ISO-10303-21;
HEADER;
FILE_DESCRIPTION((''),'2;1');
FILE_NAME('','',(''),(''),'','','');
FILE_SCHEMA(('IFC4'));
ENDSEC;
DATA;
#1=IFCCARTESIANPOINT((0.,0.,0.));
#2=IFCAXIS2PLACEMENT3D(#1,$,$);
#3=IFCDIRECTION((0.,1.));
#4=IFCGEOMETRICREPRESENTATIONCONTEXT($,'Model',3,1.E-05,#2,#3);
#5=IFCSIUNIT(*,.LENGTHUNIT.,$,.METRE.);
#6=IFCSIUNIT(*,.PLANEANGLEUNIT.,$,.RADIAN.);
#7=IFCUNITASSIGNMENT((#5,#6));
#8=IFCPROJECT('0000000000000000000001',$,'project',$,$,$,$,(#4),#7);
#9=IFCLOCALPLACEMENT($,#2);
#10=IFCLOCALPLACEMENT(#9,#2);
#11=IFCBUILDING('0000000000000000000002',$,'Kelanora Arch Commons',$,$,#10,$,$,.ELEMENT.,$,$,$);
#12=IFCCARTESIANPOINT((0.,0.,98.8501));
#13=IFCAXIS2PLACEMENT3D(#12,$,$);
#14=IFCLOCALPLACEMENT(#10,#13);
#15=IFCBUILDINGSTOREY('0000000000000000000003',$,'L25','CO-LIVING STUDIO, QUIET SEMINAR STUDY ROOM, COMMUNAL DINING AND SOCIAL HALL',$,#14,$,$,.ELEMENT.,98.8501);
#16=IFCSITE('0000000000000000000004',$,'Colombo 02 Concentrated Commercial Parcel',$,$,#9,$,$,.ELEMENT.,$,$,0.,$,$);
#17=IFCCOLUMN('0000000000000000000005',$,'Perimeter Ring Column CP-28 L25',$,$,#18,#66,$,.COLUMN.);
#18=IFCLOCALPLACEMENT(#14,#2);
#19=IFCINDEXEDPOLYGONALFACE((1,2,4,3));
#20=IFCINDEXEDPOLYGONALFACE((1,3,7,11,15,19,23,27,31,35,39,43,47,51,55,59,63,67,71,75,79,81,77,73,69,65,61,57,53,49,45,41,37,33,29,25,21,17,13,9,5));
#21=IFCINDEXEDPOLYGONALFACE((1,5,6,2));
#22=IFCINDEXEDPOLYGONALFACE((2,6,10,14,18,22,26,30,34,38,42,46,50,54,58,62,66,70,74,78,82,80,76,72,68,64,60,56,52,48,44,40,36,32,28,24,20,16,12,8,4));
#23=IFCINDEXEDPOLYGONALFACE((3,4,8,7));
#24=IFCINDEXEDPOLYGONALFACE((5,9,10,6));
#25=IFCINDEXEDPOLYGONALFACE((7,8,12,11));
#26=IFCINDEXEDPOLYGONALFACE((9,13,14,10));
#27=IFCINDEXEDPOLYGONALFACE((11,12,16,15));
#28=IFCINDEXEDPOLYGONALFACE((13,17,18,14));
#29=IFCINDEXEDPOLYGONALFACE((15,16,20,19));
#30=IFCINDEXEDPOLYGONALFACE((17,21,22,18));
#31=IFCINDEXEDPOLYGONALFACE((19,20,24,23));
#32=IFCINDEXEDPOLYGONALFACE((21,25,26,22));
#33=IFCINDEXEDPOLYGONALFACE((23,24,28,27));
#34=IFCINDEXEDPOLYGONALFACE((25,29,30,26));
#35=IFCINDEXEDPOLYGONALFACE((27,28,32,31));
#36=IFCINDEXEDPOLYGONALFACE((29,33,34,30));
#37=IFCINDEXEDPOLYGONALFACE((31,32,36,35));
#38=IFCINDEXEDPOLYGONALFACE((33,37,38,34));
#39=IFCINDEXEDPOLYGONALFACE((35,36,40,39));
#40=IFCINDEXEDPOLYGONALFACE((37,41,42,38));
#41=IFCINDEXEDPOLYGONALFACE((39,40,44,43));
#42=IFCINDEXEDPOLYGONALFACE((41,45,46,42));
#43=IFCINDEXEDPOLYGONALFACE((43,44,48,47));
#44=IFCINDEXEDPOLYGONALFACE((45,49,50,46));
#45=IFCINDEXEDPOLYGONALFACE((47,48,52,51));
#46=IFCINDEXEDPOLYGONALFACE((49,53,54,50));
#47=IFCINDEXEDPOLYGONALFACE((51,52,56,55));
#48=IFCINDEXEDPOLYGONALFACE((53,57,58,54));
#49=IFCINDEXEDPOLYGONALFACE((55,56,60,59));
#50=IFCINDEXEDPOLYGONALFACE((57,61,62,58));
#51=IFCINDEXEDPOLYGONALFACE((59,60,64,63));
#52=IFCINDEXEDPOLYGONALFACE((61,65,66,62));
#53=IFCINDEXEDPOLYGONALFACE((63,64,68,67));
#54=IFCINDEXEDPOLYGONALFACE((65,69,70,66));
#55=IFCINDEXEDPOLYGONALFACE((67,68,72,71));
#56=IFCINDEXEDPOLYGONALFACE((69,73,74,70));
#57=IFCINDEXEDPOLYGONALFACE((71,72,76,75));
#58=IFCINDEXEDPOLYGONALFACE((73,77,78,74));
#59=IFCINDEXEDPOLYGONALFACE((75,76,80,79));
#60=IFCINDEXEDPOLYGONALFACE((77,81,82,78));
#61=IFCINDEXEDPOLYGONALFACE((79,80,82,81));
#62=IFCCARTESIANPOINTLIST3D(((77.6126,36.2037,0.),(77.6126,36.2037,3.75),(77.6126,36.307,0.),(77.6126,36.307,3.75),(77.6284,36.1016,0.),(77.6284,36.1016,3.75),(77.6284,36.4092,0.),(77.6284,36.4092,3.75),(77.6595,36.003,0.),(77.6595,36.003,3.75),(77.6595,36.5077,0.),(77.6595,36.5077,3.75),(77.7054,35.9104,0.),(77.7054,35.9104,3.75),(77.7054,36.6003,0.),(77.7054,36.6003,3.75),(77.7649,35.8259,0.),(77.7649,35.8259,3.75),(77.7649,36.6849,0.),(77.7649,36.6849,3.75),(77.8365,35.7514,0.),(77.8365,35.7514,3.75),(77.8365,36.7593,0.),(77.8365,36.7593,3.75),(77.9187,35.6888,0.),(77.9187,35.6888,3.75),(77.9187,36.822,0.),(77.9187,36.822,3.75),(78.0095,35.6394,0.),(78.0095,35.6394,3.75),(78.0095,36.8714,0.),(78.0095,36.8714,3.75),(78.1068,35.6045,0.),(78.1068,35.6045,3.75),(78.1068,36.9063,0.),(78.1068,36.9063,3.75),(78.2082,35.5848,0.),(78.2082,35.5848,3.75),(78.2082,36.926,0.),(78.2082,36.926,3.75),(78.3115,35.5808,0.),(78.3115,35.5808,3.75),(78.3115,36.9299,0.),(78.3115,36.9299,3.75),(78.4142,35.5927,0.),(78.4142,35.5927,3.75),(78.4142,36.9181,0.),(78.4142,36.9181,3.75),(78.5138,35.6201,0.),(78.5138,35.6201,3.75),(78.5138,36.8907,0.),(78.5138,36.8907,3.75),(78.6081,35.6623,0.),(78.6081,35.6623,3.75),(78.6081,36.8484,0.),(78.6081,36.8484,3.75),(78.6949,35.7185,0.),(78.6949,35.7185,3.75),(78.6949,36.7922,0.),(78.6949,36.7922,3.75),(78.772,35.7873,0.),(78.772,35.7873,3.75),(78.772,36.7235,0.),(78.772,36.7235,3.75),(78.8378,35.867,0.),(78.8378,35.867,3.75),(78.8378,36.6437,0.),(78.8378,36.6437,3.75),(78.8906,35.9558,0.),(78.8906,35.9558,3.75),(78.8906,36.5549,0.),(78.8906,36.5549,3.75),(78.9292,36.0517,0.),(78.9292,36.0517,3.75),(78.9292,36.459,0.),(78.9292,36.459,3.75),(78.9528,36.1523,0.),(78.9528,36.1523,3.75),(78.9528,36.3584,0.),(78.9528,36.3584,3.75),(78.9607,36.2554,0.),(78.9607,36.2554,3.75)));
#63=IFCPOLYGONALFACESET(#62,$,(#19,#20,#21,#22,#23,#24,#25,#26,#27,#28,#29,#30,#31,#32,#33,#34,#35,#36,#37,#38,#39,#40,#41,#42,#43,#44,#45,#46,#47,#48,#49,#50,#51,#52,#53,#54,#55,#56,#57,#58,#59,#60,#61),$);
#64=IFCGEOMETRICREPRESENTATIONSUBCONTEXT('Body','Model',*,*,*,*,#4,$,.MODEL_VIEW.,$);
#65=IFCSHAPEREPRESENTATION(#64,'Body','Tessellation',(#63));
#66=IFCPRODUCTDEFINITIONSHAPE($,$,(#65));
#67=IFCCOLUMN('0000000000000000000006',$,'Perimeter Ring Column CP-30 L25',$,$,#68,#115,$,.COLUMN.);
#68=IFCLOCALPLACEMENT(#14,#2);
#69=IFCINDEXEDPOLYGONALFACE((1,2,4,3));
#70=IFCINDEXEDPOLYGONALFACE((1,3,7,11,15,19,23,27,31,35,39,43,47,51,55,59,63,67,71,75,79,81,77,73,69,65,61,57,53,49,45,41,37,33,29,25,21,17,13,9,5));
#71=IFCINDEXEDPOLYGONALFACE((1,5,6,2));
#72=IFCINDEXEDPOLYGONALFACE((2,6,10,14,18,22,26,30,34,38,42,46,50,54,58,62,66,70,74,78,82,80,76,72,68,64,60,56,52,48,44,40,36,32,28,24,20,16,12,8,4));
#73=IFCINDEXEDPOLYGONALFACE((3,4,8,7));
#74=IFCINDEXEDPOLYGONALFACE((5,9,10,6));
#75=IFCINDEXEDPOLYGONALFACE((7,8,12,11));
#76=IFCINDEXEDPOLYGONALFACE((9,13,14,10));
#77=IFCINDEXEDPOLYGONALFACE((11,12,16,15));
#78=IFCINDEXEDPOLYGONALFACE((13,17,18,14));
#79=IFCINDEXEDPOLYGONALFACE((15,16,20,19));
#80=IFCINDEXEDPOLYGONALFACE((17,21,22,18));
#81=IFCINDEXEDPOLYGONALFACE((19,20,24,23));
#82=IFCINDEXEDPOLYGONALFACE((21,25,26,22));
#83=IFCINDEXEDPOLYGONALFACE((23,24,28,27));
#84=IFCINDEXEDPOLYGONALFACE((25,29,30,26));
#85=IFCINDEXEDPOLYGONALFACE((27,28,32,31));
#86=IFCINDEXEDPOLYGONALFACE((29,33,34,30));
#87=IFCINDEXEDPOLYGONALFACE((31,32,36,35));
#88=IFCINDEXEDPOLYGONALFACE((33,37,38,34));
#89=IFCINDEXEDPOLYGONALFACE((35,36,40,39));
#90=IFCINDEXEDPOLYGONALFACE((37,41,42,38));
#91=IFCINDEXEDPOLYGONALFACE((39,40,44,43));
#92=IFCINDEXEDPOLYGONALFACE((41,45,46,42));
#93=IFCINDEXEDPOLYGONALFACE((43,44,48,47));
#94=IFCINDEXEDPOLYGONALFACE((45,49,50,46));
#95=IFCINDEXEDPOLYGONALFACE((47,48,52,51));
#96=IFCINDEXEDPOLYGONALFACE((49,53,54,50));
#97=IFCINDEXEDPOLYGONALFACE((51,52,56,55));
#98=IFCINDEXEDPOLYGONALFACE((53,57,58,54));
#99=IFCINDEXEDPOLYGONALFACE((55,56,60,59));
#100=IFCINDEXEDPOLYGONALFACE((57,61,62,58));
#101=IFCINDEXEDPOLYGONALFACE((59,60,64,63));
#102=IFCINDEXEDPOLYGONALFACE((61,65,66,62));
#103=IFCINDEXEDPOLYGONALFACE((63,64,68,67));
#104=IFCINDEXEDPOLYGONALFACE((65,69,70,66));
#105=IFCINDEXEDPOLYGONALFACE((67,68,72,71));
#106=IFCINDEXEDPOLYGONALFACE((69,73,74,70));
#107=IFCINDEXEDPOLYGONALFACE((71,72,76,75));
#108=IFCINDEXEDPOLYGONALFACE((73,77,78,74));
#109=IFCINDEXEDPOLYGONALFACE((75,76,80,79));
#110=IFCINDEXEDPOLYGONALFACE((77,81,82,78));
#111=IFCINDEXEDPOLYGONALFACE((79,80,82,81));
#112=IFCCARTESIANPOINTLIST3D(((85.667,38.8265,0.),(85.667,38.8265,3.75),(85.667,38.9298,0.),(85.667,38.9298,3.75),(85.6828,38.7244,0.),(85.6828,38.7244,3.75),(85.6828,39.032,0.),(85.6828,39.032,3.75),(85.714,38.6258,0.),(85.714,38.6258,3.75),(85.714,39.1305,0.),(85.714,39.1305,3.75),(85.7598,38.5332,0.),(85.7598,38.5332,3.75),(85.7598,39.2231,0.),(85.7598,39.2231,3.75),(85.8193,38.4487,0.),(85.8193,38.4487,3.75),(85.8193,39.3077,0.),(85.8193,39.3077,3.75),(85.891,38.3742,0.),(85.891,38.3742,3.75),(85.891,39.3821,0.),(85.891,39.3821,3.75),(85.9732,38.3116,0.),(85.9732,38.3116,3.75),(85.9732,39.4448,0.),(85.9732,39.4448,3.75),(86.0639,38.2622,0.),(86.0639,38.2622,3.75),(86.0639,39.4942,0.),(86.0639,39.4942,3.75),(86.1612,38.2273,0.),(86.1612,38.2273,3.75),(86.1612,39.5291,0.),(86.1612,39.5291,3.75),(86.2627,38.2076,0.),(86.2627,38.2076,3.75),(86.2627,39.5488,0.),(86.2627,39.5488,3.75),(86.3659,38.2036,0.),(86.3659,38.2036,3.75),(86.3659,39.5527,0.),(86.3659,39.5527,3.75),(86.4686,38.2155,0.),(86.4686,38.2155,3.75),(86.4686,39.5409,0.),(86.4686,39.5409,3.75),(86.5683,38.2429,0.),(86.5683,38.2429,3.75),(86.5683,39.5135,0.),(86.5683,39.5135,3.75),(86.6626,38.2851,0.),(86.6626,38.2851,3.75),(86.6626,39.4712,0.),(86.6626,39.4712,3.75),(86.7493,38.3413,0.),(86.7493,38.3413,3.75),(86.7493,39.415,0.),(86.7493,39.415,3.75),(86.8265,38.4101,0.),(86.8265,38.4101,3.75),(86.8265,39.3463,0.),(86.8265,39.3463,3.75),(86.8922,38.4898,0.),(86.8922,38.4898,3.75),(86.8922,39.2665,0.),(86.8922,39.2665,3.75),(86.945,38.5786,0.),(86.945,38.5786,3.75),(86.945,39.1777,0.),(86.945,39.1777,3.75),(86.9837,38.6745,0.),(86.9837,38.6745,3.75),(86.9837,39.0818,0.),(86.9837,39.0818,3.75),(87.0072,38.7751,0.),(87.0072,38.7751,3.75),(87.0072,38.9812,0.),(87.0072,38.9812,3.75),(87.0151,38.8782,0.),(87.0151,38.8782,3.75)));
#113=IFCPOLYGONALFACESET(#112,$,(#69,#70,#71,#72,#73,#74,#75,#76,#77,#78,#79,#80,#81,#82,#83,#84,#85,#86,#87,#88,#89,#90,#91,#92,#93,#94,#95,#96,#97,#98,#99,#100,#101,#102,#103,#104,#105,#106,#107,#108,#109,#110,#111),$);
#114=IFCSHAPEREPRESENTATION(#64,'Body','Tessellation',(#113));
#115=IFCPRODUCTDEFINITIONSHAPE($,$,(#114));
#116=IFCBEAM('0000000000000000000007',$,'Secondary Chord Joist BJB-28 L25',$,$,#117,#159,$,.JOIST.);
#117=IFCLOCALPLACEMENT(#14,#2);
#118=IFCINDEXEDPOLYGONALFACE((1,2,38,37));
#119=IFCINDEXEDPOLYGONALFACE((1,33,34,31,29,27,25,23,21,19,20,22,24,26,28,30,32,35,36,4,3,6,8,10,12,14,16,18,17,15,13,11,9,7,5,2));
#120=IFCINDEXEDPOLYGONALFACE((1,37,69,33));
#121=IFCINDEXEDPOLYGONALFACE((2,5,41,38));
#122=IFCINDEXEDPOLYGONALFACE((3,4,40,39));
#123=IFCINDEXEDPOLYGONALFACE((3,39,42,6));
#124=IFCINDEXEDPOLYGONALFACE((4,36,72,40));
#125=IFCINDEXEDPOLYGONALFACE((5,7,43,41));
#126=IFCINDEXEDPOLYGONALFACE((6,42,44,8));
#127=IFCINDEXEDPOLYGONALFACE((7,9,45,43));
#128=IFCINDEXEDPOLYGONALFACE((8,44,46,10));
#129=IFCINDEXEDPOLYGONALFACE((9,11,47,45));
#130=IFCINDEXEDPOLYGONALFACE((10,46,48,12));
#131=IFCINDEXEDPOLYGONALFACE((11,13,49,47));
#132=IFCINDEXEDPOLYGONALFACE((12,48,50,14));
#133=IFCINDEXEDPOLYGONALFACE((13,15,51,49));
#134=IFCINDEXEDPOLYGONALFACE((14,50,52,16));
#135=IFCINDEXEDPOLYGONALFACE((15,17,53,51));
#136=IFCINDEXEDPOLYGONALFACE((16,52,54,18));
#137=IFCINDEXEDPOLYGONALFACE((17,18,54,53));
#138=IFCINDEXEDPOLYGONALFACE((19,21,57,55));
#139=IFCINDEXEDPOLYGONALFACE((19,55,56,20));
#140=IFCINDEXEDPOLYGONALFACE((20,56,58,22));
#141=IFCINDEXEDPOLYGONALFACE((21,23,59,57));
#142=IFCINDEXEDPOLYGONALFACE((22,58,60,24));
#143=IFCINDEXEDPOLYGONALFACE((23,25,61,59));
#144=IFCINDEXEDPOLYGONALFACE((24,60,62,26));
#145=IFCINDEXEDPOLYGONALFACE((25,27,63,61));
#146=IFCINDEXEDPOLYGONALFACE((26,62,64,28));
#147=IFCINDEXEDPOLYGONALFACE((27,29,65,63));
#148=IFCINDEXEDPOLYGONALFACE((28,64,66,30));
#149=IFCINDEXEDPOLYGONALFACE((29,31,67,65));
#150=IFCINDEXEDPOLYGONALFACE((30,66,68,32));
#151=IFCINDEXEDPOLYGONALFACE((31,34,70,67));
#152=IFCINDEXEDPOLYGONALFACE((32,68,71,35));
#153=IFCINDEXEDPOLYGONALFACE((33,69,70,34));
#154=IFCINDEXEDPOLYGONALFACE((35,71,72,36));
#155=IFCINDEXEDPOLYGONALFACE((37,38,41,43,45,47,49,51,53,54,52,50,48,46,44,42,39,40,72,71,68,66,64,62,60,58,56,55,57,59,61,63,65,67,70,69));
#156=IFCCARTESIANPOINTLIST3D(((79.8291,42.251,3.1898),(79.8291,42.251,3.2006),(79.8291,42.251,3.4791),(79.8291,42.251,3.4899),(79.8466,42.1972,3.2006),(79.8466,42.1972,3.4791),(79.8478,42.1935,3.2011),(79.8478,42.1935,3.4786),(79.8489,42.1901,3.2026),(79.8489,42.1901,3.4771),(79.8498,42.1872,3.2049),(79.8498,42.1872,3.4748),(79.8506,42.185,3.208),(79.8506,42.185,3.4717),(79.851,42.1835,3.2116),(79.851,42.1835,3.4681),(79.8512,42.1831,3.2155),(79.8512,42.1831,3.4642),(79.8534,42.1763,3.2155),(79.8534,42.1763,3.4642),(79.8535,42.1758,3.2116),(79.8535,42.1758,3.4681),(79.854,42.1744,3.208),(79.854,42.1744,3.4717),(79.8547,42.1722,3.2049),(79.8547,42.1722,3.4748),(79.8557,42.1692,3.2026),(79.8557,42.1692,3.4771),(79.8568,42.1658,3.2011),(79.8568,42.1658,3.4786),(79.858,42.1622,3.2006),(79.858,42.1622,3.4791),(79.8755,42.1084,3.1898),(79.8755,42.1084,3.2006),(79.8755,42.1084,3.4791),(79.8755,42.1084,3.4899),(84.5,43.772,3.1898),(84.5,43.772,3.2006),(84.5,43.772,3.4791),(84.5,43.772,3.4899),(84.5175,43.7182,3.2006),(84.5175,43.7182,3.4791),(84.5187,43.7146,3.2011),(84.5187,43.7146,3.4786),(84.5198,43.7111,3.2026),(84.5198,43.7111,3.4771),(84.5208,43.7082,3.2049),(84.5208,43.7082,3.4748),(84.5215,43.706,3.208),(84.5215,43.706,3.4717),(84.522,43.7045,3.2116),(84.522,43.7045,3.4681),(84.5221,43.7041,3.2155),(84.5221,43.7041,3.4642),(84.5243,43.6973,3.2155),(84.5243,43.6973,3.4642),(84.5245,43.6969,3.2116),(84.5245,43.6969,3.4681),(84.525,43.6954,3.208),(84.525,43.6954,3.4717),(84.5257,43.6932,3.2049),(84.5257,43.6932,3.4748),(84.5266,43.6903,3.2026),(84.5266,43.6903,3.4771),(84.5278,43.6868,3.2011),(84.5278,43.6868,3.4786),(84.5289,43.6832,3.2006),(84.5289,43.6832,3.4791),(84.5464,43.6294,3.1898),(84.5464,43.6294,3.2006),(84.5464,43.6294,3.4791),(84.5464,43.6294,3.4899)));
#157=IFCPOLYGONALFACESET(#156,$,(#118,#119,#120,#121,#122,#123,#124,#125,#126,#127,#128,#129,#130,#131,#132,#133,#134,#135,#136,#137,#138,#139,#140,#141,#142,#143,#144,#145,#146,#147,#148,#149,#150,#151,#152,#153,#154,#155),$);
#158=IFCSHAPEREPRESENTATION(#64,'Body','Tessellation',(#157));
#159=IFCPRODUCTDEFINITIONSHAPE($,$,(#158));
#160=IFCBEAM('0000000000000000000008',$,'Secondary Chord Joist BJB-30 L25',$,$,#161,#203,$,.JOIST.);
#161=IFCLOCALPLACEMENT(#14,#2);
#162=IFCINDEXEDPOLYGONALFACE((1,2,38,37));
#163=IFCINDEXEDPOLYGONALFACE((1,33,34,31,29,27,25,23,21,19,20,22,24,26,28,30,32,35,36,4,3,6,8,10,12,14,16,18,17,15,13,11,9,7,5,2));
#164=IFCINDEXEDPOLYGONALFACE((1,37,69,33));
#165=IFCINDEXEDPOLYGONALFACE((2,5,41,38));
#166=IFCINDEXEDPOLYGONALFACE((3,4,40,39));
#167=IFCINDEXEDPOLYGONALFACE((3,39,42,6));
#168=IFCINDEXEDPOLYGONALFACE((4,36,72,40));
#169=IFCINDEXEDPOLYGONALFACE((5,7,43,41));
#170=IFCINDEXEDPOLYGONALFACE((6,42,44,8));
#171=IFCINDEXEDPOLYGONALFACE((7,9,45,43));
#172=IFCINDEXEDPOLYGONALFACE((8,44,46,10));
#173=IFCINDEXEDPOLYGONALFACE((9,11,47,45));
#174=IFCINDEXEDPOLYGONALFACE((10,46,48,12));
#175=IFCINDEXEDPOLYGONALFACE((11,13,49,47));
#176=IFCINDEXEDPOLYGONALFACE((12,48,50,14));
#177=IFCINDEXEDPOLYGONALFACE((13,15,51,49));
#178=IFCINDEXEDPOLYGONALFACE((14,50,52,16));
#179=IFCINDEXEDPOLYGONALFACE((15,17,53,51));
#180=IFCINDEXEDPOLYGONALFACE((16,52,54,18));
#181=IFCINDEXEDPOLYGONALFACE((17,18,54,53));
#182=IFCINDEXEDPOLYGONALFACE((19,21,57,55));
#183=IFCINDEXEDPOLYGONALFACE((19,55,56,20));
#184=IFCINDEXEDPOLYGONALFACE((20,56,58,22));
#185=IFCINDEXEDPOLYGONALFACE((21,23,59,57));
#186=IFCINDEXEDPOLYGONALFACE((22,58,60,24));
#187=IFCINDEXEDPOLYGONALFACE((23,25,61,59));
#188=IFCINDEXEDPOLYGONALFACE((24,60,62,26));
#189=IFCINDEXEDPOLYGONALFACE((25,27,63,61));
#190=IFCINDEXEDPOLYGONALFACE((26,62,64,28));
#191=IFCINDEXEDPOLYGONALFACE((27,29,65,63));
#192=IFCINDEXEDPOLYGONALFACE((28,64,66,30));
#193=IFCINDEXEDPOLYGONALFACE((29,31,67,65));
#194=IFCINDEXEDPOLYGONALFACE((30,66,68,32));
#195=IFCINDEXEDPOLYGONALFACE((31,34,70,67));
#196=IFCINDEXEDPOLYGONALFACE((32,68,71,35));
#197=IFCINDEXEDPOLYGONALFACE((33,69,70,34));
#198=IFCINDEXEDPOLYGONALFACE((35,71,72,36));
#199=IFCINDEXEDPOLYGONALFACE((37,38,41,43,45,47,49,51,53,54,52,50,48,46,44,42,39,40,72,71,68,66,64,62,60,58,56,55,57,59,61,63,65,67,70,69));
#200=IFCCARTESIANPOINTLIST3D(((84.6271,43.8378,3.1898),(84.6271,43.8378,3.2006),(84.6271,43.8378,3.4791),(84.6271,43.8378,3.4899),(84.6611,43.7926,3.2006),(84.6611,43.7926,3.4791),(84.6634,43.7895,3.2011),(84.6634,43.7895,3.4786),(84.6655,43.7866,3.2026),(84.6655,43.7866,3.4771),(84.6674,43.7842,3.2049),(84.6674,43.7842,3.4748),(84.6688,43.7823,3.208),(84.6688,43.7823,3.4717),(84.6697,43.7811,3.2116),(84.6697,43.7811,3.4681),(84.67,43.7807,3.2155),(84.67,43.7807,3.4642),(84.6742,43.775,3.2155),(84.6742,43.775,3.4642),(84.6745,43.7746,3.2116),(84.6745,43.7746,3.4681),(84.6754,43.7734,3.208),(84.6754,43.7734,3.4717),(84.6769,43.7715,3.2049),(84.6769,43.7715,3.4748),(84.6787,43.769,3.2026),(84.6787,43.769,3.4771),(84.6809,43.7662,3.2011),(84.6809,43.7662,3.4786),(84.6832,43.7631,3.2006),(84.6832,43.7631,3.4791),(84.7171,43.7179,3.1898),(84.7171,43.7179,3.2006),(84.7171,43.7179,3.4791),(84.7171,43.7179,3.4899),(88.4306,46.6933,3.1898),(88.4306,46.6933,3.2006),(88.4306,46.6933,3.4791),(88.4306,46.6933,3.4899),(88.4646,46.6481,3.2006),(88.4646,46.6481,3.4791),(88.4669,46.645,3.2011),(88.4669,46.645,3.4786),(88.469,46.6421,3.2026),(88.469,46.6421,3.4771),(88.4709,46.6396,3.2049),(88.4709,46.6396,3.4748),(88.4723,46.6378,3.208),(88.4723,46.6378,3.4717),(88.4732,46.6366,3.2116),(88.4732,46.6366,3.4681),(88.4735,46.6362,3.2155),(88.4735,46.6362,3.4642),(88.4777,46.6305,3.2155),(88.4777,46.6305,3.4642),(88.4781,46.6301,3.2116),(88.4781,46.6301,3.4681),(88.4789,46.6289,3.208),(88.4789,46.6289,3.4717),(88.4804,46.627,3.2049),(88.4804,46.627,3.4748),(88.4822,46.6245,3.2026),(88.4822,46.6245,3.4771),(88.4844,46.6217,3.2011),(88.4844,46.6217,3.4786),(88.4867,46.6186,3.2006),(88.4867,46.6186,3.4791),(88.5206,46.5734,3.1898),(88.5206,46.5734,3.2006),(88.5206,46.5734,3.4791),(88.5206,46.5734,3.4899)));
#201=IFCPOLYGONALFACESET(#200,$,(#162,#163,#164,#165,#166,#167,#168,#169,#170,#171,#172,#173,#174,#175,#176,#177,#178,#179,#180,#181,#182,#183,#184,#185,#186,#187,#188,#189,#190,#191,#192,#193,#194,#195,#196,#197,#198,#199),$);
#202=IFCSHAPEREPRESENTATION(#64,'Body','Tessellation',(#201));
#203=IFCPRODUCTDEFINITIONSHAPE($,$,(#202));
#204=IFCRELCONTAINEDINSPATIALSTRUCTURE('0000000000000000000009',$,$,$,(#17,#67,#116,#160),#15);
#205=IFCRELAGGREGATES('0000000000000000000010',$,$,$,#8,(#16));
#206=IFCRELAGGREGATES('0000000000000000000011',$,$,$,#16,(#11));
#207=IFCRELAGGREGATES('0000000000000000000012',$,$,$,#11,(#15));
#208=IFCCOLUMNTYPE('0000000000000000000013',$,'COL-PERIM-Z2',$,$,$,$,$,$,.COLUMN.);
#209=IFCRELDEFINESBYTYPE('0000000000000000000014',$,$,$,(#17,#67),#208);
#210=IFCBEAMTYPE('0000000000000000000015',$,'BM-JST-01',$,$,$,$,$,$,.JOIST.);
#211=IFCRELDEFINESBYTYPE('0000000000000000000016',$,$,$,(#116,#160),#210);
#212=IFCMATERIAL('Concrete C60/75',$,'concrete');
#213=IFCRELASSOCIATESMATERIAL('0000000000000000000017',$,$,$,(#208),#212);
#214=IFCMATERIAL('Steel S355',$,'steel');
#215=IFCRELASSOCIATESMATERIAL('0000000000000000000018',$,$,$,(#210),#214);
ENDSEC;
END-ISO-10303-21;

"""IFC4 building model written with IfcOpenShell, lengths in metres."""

from ifc_helpers import new_model, si_unit, direction, frame, origin, origin_2d, place, context, subcontext, project, spatial, circle, i_section, extrude, material, material_profile, profile_set, type_object, element, save


model = new_model("IFC4")

# Units and contexts
model_context = context("Model", 3, precision=1e-05, world=origin(), true_north=direction((0.0, 1.0)))
body_context = subcontext(model_context, "Body", "Model", "MODEL_VIEW")
ifc_project = project(units=[si_unit("LENGTHUNIT", "METRE"), si_unit("PLANEANGLEUNIT", "RADIAN")], contexts=[model_context])

# Site, building, storey
site_placement = place(None, origin())
site = spatial("IfcSite", under=ifc_project, at=site_placement, Name="Colombo 02 Concentrated Commercial Parcel", CompositionType="ELEMENT", RefElevation=0.0)
building_placement = place(site_placement, origin())
building = spatial("IfcBuilding", under=site, at=building_placement, Name="Kelanora Arch Commons", CompositionType="ELEMENT")
storey_placement = place(building_placement, frame((0.0, 0.0, 98.8501)))
storey = spatial("IfcBuildingStorey", under=building, at=storey_placement, Name="L25", Description="CO-LIVING STUDIO, QUIET SEMINAR STUDY ROOM, COMMUNAL DINING AND SOCIAL HALL", CompositionType="ELEMENT", Elevation=98.8501)

# Columns
ifc_material_1 = material(Name="Concrete C60/75", Category="concrete")
ifc_material_profile_1 = material_profile(ifc_material_1, circle(Radius=0.675, at=origin_2d()), Name="RCC1350")
ifc_profile_set_1 = profile_set([ifc_material_profile_1], Name="Concrete C60/75")
column_type = type_object("IfcColumnType", Name="COL-PERIM-Z2", PredefinedType="COLUMN", material=ifc_profile_set_1)
for number, where, z_axis, x_axis, name in (
    (1, (78.2856, 36.2554, 0.0), (0.0, 0.0, 1.0), (1.0, 0.0, 0.0), "Perimeter Ring Column CP-28 L25"),
    (2, (86.3401, 38.8782, 0.0), (0.0, 0.0, 1.0), (1.0, 0.0, 0.0), "Perimeter Ring Column CP-30 L25"),
):
    element("IfcColumn", number, at=place(storey_placement, frame(where, z_axis=z_axis, x_axis=x_axis)), inside=storey, type_object=column_type, Name=name, PredefinedType="COLUMN", context=body_context, shape_type="SweptSolid", body=[
        extrude(circle(Radius=0.675, at=origin_2d()), origin(), (0.0, 0.0, 1.0), 3.75),
    ])

# Beams
ifc_material_2 = material(Name="Steel S355", Category="steel")
ifc_material_profile_2 = material_profile(ifc_material_2, i_section(OverallWidth=0.1499, OverallDepth=0.3, WebThickness=0.0071, FlangeThickness=0.0107, FilletRadius=0.0149, at=origin_2d()), Name="IPE300")
ifc_profile_set_2 = profile_set([ifc_material_profile_2], Name="Steel S355")
beam_type_1 = type_object("IfcBeamType", Name="BM-JST-01", PredefinedType="JOIST", material=ifc_profile_set_2)
beam_1_placement = place(storey_placement, frame((79.8523, 42.1797, 3.3398), z_axis=(0.950857, 0.30963, 0.0), x_axis=(-0.30963, 0.950857, 0.0)))
element("IfcBeam", 3, at=beam_1_placement, inside=storey, type_object=beam_type_1, Name="Secondary Chord Joist BJB-28 L25", PredefinedType="JOIST", context=body_context, shape_type="SweptSolid", body=[
    extrude(i_section(OverallWidth=0.1499, OverallDepth=0.3, WebThickness=0.0071, FlangeThickness=0.0107, FilletRadius=0.0149, at=origin_2d()), origin(), (0.0, 0.0, 1.0), 4.9124),
])
beam_2_placement = place(storey_placement, frame((84.6721, 43.7778, 3.3398), z_axis=(0.79971, 0.600386, 0.0), x_axis=(-0.600386, 0.79971, 0.0)))
element("IfcBeam", 4, at=beam_2_placement, inside=storey, type_object=beam_type_1, Name="Secondary Chord Joist BJB-30 L25", PredefinedType="JOIST", context=body_context, shape_type="SweptSolid", body=[
    extrude(i_section(OverallWidth=0.1499, OverallDepth=0.3, WebThickness=0.0071, FlangeThickness=0.0107, FilletRadius=0.0149, at=origin_2d()), origin(), (0.0, 0.0, 1.0), 4.7561),
])

save(model, "model.ifc")
